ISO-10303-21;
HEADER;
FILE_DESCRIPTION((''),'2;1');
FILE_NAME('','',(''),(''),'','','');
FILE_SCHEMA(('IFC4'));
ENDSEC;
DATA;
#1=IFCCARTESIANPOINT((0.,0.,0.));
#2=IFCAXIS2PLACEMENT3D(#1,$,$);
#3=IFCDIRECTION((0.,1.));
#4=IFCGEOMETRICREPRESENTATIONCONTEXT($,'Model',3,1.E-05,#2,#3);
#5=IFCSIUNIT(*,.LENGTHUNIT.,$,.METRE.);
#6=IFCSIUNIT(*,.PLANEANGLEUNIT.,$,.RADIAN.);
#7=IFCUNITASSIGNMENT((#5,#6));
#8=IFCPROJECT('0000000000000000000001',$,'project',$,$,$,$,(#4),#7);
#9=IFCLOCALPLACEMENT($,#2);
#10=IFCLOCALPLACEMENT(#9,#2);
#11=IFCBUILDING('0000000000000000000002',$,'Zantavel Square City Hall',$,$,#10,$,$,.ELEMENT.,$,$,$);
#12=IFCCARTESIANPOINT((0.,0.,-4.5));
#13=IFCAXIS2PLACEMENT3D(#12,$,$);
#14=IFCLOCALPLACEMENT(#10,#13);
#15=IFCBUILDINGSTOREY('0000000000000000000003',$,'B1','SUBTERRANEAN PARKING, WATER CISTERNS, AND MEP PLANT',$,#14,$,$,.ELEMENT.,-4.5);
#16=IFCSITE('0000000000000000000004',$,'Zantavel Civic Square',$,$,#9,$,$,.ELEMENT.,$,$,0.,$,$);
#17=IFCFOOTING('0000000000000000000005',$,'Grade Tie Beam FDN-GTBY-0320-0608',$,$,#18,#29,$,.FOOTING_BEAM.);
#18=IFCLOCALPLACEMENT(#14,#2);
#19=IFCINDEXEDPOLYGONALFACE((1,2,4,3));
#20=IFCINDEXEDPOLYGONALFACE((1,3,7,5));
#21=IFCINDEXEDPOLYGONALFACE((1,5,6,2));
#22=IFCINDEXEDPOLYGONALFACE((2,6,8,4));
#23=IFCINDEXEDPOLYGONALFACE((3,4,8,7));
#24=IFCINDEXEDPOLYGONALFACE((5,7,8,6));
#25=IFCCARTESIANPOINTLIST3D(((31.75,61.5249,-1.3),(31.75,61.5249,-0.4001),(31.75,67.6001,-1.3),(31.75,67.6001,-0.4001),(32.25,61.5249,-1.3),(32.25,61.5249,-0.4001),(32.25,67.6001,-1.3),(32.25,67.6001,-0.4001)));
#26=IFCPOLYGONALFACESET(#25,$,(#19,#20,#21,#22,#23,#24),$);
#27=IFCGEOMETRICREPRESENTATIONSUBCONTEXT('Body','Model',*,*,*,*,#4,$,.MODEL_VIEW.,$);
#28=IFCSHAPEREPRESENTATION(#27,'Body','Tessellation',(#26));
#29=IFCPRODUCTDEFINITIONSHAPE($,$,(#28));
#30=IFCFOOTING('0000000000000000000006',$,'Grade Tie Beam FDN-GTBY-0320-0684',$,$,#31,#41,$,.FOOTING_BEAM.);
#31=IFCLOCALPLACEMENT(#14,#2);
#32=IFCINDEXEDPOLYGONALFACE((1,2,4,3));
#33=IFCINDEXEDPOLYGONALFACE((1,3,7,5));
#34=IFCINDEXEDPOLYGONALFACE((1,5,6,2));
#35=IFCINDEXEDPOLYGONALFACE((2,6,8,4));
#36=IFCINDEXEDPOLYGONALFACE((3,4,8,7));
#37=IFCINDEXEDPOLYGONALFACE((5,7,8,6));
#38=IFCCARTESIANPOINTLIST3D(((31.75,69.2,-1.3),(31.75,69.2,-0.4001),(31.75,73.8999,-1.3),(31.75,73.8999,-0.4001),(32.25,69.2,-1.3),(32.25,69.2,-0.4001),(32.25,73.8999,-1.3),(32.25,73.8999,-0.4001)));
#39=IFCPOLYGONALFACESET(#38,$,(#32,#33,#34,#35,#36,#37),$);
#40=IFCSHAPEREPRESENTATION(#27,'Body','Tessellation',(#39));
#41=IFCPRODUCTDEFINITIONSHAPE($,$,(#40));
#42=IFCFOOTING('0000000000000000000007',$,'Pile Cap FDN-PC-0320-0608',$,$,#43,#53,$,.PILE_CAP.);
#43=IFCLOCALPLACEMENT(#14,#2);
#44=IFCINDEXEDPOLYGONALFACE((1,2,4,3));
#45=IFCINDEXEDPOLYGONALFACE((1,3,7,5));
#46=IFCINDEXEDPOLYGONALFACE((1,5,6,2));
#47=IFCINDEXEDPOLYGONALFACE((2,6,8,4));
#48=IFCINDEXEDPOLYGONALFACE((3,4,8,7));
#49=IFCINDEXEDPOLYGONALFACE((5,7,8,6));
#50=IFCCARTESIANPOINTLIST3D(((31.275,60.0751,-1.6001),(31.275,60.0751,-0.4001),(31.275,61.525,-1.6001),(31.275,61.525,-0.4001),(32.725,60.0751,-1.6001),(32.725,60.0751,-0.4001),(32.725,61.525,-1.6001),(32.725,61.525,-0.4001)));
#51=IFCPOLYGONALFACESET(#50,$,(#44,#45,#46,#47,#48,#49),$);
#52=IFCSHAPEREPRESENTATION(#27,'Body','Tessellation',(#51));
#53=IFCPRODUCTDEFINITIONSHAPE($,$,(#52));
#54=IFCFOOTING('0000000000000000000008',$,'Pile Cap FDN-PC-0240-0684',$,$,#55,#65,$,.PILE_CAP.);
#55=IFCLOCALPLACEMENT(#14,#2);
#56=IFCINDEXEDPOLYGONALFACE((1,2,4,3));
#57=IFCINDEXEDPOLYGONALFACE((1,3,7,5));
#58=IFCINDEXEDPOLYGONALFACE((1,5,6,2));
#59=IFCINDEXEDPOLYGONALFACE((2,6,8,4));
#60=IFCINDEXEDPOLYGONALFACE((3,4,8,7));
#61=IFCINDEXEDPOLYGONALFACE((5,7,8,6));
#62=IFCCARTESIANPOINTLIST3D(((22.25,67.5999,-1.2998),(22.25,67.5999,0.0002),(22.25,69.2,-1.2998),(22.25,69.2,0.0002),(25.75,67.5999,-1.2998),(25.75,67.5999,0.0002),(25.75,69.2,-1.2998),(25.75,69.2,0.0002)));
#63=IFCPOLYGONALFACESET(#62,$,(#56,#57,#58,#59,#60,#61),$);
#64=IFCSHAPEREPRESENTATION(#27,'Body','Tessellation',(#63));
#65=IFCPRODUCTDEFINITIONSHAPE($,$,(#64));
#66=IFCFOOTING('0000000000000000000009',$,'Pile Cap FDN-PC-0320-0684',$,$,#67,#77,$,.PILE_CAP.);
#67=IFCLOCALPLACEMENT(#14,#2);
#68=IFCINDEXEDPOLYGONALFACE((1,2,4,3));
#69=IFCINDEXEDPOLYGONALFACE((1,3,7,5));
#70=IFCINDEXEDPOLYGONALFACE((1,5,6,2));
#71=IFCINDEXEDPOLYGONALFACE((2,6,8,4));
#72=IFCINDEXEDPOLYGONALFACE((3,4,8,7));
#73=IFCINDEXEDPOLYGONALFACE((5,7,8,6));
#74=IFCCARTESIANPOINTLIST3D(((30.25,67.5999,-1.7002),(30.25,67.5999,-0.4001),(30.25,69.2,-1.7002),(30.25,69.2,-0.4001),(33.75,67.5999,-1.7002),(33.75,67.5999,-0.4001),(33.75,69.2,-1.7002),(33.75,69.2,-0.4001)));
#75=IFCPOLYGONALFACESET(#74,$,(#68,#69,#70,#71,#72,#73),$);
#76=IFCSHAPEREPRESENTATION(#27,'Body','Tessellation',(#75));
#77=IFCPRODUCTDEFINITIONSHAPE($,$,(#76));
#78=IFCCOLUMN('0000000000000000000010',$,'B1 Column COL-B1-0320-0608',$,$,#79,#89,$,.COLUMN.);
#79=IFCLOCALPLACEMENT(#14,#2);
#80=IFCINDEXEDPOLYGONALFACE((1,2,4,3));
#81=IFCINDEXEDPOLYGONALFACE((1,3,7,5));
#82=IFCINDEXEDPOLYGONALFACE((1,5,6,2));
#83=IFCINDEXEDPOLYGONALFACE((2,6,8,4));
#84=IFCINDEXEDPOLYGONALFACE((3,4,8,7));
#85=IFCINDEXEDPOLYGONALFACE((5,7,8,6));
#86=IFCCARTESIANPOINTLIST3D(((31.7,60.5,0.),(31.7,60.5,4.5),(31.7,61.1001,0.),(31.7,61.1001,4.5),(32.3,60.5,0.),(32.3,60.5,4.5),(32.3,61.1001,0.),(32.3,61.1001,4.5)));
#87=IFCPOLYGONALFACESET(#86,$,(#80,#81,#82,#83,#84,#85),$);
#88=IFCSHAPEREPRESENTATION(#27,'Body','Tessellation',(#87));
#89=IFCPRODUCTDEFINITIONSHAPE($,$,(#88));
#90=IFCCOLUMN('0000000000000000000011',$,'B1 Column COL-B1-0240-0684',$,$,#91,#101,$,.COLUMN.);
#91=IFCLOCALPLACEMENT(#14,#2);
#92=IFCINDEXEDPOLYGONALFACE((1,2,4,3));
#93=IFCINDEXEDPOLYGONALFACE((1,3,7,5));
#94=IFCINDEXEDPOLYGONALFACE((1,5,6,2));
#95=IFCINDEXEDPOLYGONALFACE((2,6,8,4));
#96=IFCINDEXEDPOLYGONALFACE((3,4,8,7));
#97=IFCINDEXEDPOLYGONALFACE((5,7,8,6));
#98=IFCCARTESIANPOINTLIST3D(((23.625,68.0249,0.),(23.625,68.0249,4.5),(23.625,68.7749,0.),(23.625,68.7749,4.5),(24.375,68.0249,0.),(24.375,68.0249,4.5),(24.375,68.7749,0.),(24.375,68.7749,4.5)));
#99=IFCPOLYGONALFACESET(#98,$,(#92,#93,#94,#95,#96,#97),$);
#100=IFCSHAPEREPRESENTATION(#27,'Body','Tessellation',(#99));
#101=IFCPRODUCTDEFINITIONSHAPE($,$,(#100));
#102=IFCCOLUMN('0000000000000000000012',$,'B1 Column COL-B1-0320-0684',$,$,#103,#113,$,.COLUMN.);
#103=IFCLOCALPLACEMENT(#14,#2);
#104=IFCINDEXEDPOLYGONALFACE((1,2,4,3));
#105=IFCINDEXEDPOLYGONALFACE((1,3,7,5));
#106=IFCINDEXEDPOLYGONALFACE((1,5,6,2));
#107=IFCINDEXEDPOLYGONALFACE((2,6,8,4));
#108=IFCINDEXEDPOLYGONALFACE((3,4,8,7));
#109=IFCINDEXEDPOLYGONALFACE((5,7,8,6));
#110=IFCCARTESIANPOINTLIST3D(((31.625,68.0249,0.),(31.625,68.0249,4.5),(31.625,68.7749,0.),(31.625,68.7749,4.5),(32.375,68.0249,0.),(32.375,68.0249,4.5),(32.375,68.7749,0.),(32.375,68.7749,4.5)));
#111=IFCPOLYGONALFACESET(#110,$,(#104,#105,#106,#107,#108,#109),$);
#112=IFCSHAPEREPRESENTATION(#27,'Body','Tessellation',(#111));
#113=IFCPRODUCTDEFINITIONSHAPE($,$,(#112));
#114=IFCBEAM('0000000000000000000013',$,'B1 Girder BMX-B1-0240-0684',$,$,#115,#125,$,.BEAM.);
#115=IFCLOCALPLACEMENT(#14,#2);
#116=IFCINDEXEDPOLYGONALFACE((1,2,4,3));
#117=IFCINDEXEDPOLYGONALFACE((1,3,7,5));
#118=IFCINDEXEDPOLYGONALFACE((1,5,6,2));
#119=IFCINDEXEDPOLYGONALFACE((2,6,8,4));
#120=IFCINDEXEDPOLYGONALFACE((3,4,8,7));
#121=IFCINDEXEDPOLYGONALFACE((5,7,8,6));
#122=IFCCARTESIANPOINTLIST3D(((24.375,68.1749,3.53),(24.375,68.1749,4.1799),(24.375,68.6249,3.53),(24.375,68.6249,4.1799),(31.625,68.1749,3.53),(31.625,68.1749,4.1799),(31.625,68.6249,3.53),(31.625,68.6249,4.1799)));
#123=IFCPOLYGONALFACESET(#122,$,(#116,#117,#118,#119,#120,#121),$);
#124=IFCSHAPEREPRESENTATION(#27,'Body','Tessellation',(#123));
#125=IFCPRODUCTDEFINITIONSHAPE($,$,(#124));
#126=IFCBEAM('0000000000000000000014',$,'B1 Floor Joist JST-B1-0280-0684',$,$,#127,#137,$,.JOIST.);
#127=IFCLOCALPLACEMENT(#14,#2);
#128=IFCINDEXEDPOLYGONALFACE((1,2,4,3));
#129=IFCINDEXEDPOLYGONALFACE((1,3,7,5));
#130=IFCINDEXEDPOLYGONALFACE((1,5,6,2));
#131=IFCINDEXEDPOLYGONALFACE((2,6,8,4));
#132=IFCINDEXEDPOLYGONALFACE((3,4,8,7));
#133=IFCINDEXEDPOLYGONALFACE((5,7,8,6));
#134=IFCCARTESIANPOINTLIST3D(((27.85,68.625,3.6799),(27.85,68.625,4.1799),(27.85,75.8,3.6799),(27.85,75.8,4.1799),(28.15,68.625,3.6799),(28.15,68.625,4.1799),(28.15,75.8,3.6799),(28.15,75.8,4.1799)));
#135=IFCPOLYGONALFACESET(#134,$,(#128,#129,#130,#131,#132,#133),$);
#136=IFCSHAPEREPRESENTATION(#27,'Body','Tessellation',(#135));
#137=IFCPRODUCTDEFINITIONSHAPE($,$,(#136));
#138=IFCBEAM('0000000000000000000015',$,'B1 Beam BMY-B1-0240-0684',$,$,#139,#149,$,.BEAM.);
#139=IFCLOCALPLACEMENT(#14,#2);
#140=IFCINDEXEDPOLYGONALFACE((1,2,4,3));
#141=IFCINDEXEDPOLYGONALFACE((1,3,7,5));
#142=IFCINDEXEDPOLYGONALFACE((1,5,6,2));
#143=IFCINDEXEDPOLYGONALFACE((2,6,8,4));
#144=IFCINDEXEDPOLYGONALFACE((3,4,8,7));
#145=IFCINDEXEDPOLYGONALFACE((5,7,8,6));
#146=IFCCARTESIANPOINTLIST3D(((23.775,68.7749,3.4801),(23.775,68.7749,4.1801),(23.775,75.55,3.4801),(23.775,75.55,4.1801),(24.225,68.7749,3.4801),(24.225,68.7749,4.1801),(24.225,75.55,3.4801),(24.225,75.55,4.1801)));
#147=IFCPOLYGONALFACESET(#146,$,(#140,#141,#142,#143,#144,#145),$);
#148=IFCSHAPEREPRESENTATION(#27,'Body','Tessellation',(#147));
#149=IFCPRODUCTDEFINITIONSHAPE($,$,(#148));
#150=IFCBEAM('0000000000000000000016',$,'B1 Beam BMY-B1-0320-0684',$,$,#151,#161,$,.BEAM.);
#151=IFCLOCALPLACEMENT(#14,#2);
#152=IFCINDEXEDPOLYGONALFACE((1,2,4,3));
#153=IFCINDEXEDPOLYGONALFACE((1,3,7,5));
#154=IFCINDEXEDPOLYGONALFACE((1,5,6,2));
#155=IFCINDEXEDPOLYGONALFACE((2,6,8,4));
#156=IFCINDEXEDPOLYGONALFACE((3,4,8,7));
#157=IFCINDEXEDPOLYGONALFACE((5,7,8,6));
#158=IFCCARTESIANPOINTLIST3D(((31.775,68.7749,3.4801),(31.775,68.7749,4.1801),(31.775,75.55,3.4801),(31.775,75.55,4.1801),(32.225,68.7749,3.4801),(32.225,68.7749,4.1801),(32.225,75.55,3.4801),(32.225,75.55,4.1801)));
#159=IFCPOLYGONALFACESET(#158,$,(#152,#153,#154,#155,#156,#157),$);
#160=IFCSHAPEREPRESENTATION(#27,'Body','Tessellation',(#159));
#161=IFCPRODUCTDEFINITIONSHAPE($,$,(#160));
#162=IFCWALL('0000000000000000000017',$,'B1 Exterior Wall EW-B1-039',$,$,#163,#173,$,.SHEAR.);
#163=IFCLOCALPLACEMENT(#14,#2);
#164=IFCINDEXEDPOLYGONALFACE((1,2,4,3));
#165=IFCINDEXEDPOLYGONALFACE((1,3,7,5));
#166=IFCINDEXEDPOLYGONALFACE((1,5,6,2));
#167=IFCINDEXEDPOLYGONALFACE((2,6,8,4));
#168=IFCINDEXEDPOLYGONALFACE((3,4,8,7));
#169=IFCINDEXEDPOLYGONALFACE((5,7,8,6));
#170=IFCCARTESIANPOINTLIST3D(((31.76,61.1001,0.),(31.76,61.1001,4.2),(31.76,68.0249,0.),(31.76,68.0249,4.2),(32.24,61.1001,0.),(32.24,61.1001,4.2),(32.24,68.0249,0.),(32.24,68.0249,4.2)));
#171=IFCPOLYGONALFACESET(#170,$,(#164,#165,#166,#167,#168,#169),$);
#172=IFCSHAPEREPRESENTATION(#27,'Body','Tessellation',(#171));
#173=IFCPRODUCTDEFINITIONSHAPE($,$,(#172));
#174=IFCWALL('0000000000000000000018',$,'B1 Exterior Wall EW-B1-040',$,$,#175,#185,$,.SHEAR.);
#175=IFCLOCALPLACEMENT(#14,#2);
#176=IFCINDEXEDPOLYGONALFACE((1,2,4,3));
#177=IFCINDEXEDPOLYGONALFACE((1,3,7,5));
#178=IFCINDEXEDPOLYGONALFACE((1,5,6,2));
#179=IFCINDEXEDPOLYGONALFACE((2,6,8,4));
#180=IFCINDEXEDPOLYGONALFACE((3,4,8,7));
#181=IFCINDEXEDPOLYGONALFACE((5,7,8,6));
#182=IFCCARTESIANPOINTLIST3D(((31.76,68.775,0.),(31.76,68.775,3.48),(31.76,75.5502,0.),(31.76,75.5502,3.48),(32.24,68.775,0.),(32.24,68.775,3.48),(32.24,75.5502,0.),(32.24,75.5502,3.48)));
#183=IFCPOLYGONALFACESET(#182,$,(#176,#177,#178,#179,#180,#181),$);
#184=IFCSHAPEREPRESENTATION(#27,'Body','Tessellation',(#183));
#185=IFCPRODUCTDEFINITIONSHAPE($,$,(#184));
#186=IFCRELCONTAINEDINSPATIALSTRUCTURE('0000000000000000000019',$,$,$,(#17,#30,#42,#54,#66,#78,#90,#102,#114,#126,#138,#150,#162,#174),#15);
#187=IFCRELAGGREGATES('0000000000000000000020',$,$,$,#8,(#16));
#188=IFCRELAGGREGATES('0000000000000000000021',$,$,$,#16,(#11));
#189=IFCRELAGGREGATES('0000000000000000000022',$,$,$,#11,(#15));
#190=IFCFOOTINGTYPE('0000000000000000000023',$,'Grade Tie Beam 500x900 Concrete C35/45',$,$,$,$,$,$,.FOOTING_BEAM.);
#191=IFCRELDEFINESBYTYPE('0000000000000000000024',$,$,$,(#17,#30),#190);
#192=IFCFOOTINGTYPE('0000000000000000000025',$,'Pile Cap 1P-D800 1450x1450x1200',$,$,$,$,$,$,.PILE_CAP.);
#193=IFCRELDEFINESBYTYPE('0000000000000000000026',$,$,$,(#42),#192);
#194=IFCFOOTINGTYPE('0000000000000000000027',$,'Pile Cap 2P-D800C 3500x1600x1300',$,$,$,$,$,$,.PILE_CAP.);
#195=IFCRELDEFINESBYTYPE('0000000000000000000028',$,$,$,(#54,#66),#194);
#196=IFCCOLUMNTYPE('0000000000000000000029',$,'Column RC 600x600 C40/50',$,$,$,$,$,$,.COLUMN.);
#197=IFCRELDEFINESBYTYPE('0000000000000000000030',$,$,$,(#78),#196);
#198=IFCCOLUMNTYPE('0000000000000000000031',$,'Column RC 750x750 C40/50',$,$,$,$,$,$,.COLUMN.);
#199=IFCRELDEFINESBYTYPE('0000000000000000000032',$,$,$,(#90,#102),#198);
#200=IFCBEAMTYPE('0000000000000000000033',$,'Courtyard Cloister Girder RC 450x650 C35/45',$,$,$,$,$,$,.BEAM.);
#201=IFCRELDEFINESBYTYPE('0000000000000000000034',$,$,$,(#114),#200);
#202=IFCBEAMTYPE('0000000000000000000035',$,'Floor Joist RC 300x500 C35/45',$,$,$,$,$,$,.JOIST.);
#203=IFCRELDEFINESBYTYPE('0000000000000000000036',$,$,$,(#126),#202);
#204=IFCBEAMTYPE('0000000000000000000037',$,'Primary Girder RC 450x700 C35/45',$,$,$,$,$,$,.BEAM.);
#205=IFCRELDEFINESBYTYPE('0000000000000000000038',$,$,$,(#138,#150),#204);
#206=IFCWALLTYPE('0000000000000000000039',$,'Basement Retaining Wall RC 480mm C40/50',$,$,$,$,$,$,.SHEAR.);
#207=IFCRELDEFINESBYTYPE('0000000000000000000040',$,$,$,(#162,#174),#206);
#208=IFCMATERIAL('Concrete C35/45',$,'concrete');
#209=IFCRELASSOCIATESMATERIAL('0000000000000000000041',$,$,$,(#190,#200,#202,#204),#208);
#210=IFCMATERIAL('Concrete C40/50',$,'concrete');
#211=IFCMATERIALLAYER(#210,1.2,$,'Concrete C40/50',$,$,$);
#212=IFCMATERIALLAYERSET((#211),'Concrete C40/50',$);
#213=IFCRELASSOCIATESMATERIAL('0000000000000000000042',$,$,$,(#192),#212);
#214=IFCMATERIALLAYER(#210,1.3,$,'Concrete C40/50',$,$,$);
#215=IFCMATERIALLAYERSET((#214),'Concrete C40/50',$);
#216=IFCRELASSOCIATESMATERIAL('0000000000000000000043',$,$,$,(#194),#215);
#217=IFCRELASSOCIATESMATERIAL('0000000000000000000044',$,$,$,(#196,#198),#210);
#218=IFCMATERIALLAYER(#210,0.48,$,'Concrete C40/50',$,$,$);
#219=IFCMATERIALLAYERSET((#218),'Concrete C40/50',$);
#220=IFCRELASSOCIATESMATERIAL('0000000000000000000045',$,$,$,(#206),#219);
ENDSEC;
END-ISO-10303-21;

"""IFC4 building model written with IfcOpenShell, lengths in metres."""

from ifc_helpers import new_model, si_unit, direction, frame, frame_2d, origin, origin_2d, place, context, subcontext, project, spatial, rectangle, extrude, material, layer, layer_set, material_profile, profile_set, type_object, element, save


model = new_model("IFC4")

# Units and contexts
model_context = context("Model", 3, precision=1e-05, world=origin(), true_north=direction((0.0, 1.0)))
body_context = subcontext(model_context, "Body", "Model", "MODEL_VIEW")
ifc_project = project(units=[si_unit("LENGTHUNIT", "METRE"), si_unit("PLANEANGLEUNIT", "RADIAN")], contexts=[model_context])

# Site, building, storey
site_placement = place(None, origin())
site = spatial("IfcSite", under=ifc_project, at=site_placement, Name="Zantavel Civic Square", CompositionType="ELEMENT", RefElevation=0.0)
building_placement = place(site_placement, origin())
building = spatial("IfcBuilding", under=site, at=building_placement, Name="Zantavel Square City Hall", CompositionType="ELEMENT")
storey_placement = place(building_placement, frame((0.0, 0.0, -4.5)))
storey = spatial("IfcBuildingStorey", under=building, at=storey_placement, Name="B1", Description="SUBTERRANEAN PARKING, WATER CISTERNS, AND MEP PLANT", CompositionType="ELEMENT", Elevation=-4.5)

# Shared definitions
ifc_material_1 = material(Name="Concrete C35/45", Category="concrete")

# Footings
ifc_material_profile_1 = material_profile(ifc_material_1, rectangle(XDim=0.5, YDim=0.8999, at=origin_2d()), Name="RC 500x900")
ifc_profile_set_1 = profile_set([ifc_material_profile_1], Name="Concrete C35/45")
footing_type_1 = type_object("IfcFootingType", Name="Grade Tie Beam 500x900 Concrete C35/45", PredefinedType="FOOTING_BEAM", material=ifc_profile_set_1)
footing_1_placement = place(storey_placement, frame((32.0, 61.5249, -0.8501), z_axis=(0.0, 1.0, 0.0), x_axis=(-1.0, 0.0, 0.0)))
element("IfcFooting", 1, at=footing_1_placement, inside=storey, type_object=footing_type_1, Name="Grade Tie Beam FDN-GTBY-0320-0608", PredefinedType="FOOTING_BEAM", context=body_context, shape_type="SweptSolid", body=[
    extrude(rectangle(XDim=0.5, YDim=0.8999, at=origin_2d()), origin(), (0.0, 0.0, 1.0), 6.0752),
])
footing_2_placement = place(storey_placement, frame((32.0, 69.2, -0.8501), z_axis=(0.0, 1.0, 0.0), x_axis=(-1.0, 0.0, 0.0)))
element("IfcFooting", 2, at=footing_2_placement, inside=storey, type_object=footing_type_1, Name="Grade Tie Beam FDN-GTBY-0320-0684", PredefinedType="FOOTING_BEAM", context=body_context, shape_type="SweptSolid", body=[
    extrude(rectangle(XDim=0.5, YDim=0.8999, at=origin_2d()), origin(), (0.0, 0.0, 1.0), 4.7),
])
ifc_material_2 = material(Name="Concrete C40/50", Category="concrete")
ifc_layer_1 = layer(ifc_material_2, 1.2, Name="Concrete C40/50")
ifc_layer_set_1 = layer_set([ifc_layer_1], Name="Concrete C40/50")
footing_type_2 = type_object("IfcFootingType", Name="Pile Cap 1P-D800 1450x1450x1200", PredefinedType="PILE_CAP", material=ifc_layer_set_1)
footing_3_placement = place(storey_placement, frame((32.0, 60.8, -1.6001), z_axis=(0.0, 0.0, 1.0), x_axis=(1.0, 0.0, 0.0)))
element("IfcFooting", 3, at=footing_3_placement, inside=storey, type_object=footing_type_2, Name="Pile Cap FDN-PC-0320-0608", PredefinedType="PILE_CAP", context=body_context, shape_type="SweptSolid", body=[
    extrude(rectangle(XDim=1.45, YDim=1.45, at=origin_2d()), origin(), (0.0, 0.0, 1.0), 1.2),
])
ifc_layer_2 = layer(ifc_material_2, 1.3, Name="Concrete C40/50")
ifc_layer_set_2 = layer_set([ifc_layer_2], Name="Concrete C40/50")
footing_type_3 = type_object("IfcFootingType", Name="Pile Cap 2P-D800C 3500x1600x1300", PredefinedType="PILE_CAP", material=ifc_layer_set_2)
for number, where, z_axis, x_axis, name in (
    (4, (24.0, 68.3999, -1.2998), (0.0, 0.0, 1.0), (1.0, 0.0, 0.0), "Pile Cap FDN-PC-0240-0684"),
    (5, (32.0, 68.3999, -1.7002), (0.0, 0.0, 1.0), (1.0, 0.0, 0.0), "Pile Cap FDN-PC-0320-0684"),
):
    element("IfcFooting", number, at=place(storey_placement, frame(where, z_axis=z_axis, x_axis=x_axis)), inside=storey, type_object=footing_type_3, Name=name, PredefinedType="PILE_CAP", context=body_context, shape_type="SweptSolid", body=[
        extrude(rectangle(XDim=3.5, YDim=1.6001, at=origin_2d()), origin(), (0.0, 0.0, 1.0), 1.3),
    ])

# Columns
ifc_material_profile_2 = material_profile(ifc_material_2, rectangle(XDim=0.6001, YDim=0.6001, at=origin_2d()), Name="RC 600x600")
ifc_profile_set_2 = profile_set([ifc_material_profile_2], Name="Concrete C40/50")
column_type_1 = type_object("IfcColumnType", Name="Column RC 600x600 C40/50", PredefinedType="COLUMN", material=ifc_profile_set_2)
column_placement = place(storey_placement, frame((32.0, 60.8, 0.0), z_axis=(0.0, 0.0, 1.0), x_axis=(1.0, 0.0, 0.0)))
element("IfcColumn", 6, at=column_placement, inside=storey, type_object=column_type_1, Name="B1 Column COL-B1-0320-0608", PredefinedType="COLUMN", context=body_context, shape_type="SweptSolid", body=[
    extrude(rectangle(XDim=0.6001, YDim=0.6001, at=origin_2d()), origin(), (0.0, 0.0, 1.0), 4.5),
])
ifc_material_profile_3 = material_profile(ifc_material_2, rectangle(XDim=0.75, YDim=0.75, at=origin_2d()), Name="RC 750x750")
ifc_profile_set_3 = profile_set([ifc_material_profile_3], Name="Concrete C40/50")
column_type_2 = type_object("IfcColumnType", Name="Column RC 750x750 C40/50", PredefinedType="COLUMN", material=ifc_profile_set_3)
for number, where, z_axis, x_axis, name in (
    (7, (24.0, 68.3999, 0.0), (0.0, 0.0, 1.0), (1.0, 0.0, 0.0), "B1 Column COL-B1-0240-0684"),
    (8, (32.0, 68.3999, 0.0), (0.0, 0.0, 1.0), (1.0, 0.0, 0.0), "B1 Column COL-B1-0320-0684"),
):
    element("IfcColumn", number, at=place(storey_placement, frame(where, z_axis=z_axis, x_axis=x_axis)), inside=storey, type_object=column_type_2, Name=name, PredefinedType="COLUMN", context=body_context, shape_type="SweptSolid", body=[
        extrude(rectangle(XDim=0.75, YDim=0.75, at=origin_2d()), origin(), (0.0, 0.0, 1.0), 4.5),
    ])

# Beams
ifc_material_profile_4 = material_profile(ifc_material_1, rectangle(XDim=0.45, YDim=0.6499, at=origin_2d()), Name="RC 450x650")
ifc_profile_set_4 = profile_set([ifc_material_profile_4], Name="Concrete C35/45")
beam_type_1 = type_object("IfcBeamType", Name="Courtyard Cloister Girder RC 450x650 C35/45", PredefinedType="BEAM", material=ifc_profile_set_4)
beam_1_placement = place(storey_placement, frame((24.375, 68.3999, 3.855), z_axis=(1.0, 0.0, 0.0), x_axis=(0.0, 1.0, 0.0)))
element("IfcBeam", 9, at=beam_1_placement, inside=storey, type_object=beam_type_1, Name="B1 Girder BMX-B1-0240-0684", PredefinedType="BEAM", context=body_context, shape_type="SweptSolid", body=[
    extrude(rectangle(XDim=0.45, YDim=0.6499, at=origin_2d()), origin(), (0.0, 0.0, 1.0), 7.25),
])
ifc_material_profile_5 = material_profile(ifc_material_1, rectangle(XDim=0.3, YDim=0.5, at=origin_2d()), Name="RC 300x500")
ifc_profile_set_5 = profile_set([ifc_material_profile_5], Name="Concrete C35/45")
beam_type_2 = type_object("IfcBeamType", Name="Floor Joist RC 300x500 C35/45", PredefinedType="JOIST", material=ifc_profile_set_5)
beam_2_placement = place(storey_placement, frame((28.0, 68.625, 3.9299), z_axis=(0.0, 1.0, 0.0), x_axis=(-1.0, 0.0, 0.0)))
element("IfcBeam", 10, at=beam_2_placement, inside=storey, type_object=beam_type_2, Name="B1 Floor Joist JST-B1-0280-0684", PredefinedType="JOIST", context=body_context, shape_type="SweptSolid", body=[
    extrude(rectangle(XDim=0.3, YDim=0.5, at=origin_2d()), origin(), (0.0, 0.0, 1.0), 7.175),
])
ifc_material_profile_6 = material_profile(ifc_material_1, rectangle(XDim=0.45, YDim=0.7, at=origin_2d()), Name="RC 450x700")
ifc_profile_set_6 = profile_set([ifc_material_profile_6], Name="Concrete C35/45")
beam_type_3 = type_object("IfcBeamType", Name="Primary Girder RC 450x700 C35/45", PredefinedType="BEAM", material=ifc_profile_set_6)
for number, where, z_axis, x_axis, name in (
    (11, (24.0, 68.7749, 3.8301), (0.0, 1.0, 0.0), (-1.0, 0.0, 0.0), "B1 Beam BMY-B1-0240-0684"),
    (12, (32.0, 68.7749, 3.8301), (0.0, 1.0, 0.0), (-1.0, 0.0, 0.0), "B1 Beam BMY-B1-0320-0684"),
):
    element("IfcBeam", number, at=place(storey_placement, frame(where, z_axis=z_axis, x_axis=x_axis)), inside=storey, type_object=beam_type_3, Name=name, PredefinedType="BEAM", context=body_context, shape_type="SweptSolid", body=[
        extrude(rectangle(XDim=0.45, YDim=0.7, at=origin_2d()), origin(), (0.0, 0.0, 1.0), 6.7751),
    ])

# Walls
ifc_layer_3 = layer(ifc_material_2, 0.48, Name="Concrete C40/50")
ifc_layer_set_3 = layer_set([ifc_layer_3], Name="Concrete C40/50")
wall_type = type_object("IfcWallType", Name="Basement Retaining Wall RC 480mm C40/50", PredefinedType="SHEAR", material=ifc_layer_set_3)
wall_1_placement = place(storey_placement, frame((32.0, 61.1001, 0.0), z_axis=(0.0, 0.0, 1.0), x_axis=(0.0, 1.0, 0.0)))
element("IfcWall", 13, at=wall_1_placement, inside=storey, type_object=wall_type, Name="B1 Exterior Wall EW-B1-039", PredefinedType="SHEAR", context=body_context, shape_type="SweptSolid", body=[
    extrude(rectangle(XDim=6.9248, YDim=0.48, at=frame_2d((3.4624, 0.0))), origin(), (0.0, 0.0, 1.0), 4.2),
])
wall_2_placement = place(storey_placement, frame((32.0, 68.7749, 0.0), z_axis=(0.0, 0.0, 1.0), x_axis=(0.0, 1.0, 0.0)))
element("IfcWall", 14, at=wall_2_placement, inside=storey, type_object=wall_type, Name="B1 Exterior Wall EW-B1-040", PredefinedType="SHEAR", context=body_context, shape_type="SweptSolid", body=[
    extrude(rectangle(XDim=6.7751, YDim=0.48, at=frame_2d((3.3877, 0.0))), origin(), (0.0, 0.0, 1.0), 3.48),
])

save(model, "model.ifc")
